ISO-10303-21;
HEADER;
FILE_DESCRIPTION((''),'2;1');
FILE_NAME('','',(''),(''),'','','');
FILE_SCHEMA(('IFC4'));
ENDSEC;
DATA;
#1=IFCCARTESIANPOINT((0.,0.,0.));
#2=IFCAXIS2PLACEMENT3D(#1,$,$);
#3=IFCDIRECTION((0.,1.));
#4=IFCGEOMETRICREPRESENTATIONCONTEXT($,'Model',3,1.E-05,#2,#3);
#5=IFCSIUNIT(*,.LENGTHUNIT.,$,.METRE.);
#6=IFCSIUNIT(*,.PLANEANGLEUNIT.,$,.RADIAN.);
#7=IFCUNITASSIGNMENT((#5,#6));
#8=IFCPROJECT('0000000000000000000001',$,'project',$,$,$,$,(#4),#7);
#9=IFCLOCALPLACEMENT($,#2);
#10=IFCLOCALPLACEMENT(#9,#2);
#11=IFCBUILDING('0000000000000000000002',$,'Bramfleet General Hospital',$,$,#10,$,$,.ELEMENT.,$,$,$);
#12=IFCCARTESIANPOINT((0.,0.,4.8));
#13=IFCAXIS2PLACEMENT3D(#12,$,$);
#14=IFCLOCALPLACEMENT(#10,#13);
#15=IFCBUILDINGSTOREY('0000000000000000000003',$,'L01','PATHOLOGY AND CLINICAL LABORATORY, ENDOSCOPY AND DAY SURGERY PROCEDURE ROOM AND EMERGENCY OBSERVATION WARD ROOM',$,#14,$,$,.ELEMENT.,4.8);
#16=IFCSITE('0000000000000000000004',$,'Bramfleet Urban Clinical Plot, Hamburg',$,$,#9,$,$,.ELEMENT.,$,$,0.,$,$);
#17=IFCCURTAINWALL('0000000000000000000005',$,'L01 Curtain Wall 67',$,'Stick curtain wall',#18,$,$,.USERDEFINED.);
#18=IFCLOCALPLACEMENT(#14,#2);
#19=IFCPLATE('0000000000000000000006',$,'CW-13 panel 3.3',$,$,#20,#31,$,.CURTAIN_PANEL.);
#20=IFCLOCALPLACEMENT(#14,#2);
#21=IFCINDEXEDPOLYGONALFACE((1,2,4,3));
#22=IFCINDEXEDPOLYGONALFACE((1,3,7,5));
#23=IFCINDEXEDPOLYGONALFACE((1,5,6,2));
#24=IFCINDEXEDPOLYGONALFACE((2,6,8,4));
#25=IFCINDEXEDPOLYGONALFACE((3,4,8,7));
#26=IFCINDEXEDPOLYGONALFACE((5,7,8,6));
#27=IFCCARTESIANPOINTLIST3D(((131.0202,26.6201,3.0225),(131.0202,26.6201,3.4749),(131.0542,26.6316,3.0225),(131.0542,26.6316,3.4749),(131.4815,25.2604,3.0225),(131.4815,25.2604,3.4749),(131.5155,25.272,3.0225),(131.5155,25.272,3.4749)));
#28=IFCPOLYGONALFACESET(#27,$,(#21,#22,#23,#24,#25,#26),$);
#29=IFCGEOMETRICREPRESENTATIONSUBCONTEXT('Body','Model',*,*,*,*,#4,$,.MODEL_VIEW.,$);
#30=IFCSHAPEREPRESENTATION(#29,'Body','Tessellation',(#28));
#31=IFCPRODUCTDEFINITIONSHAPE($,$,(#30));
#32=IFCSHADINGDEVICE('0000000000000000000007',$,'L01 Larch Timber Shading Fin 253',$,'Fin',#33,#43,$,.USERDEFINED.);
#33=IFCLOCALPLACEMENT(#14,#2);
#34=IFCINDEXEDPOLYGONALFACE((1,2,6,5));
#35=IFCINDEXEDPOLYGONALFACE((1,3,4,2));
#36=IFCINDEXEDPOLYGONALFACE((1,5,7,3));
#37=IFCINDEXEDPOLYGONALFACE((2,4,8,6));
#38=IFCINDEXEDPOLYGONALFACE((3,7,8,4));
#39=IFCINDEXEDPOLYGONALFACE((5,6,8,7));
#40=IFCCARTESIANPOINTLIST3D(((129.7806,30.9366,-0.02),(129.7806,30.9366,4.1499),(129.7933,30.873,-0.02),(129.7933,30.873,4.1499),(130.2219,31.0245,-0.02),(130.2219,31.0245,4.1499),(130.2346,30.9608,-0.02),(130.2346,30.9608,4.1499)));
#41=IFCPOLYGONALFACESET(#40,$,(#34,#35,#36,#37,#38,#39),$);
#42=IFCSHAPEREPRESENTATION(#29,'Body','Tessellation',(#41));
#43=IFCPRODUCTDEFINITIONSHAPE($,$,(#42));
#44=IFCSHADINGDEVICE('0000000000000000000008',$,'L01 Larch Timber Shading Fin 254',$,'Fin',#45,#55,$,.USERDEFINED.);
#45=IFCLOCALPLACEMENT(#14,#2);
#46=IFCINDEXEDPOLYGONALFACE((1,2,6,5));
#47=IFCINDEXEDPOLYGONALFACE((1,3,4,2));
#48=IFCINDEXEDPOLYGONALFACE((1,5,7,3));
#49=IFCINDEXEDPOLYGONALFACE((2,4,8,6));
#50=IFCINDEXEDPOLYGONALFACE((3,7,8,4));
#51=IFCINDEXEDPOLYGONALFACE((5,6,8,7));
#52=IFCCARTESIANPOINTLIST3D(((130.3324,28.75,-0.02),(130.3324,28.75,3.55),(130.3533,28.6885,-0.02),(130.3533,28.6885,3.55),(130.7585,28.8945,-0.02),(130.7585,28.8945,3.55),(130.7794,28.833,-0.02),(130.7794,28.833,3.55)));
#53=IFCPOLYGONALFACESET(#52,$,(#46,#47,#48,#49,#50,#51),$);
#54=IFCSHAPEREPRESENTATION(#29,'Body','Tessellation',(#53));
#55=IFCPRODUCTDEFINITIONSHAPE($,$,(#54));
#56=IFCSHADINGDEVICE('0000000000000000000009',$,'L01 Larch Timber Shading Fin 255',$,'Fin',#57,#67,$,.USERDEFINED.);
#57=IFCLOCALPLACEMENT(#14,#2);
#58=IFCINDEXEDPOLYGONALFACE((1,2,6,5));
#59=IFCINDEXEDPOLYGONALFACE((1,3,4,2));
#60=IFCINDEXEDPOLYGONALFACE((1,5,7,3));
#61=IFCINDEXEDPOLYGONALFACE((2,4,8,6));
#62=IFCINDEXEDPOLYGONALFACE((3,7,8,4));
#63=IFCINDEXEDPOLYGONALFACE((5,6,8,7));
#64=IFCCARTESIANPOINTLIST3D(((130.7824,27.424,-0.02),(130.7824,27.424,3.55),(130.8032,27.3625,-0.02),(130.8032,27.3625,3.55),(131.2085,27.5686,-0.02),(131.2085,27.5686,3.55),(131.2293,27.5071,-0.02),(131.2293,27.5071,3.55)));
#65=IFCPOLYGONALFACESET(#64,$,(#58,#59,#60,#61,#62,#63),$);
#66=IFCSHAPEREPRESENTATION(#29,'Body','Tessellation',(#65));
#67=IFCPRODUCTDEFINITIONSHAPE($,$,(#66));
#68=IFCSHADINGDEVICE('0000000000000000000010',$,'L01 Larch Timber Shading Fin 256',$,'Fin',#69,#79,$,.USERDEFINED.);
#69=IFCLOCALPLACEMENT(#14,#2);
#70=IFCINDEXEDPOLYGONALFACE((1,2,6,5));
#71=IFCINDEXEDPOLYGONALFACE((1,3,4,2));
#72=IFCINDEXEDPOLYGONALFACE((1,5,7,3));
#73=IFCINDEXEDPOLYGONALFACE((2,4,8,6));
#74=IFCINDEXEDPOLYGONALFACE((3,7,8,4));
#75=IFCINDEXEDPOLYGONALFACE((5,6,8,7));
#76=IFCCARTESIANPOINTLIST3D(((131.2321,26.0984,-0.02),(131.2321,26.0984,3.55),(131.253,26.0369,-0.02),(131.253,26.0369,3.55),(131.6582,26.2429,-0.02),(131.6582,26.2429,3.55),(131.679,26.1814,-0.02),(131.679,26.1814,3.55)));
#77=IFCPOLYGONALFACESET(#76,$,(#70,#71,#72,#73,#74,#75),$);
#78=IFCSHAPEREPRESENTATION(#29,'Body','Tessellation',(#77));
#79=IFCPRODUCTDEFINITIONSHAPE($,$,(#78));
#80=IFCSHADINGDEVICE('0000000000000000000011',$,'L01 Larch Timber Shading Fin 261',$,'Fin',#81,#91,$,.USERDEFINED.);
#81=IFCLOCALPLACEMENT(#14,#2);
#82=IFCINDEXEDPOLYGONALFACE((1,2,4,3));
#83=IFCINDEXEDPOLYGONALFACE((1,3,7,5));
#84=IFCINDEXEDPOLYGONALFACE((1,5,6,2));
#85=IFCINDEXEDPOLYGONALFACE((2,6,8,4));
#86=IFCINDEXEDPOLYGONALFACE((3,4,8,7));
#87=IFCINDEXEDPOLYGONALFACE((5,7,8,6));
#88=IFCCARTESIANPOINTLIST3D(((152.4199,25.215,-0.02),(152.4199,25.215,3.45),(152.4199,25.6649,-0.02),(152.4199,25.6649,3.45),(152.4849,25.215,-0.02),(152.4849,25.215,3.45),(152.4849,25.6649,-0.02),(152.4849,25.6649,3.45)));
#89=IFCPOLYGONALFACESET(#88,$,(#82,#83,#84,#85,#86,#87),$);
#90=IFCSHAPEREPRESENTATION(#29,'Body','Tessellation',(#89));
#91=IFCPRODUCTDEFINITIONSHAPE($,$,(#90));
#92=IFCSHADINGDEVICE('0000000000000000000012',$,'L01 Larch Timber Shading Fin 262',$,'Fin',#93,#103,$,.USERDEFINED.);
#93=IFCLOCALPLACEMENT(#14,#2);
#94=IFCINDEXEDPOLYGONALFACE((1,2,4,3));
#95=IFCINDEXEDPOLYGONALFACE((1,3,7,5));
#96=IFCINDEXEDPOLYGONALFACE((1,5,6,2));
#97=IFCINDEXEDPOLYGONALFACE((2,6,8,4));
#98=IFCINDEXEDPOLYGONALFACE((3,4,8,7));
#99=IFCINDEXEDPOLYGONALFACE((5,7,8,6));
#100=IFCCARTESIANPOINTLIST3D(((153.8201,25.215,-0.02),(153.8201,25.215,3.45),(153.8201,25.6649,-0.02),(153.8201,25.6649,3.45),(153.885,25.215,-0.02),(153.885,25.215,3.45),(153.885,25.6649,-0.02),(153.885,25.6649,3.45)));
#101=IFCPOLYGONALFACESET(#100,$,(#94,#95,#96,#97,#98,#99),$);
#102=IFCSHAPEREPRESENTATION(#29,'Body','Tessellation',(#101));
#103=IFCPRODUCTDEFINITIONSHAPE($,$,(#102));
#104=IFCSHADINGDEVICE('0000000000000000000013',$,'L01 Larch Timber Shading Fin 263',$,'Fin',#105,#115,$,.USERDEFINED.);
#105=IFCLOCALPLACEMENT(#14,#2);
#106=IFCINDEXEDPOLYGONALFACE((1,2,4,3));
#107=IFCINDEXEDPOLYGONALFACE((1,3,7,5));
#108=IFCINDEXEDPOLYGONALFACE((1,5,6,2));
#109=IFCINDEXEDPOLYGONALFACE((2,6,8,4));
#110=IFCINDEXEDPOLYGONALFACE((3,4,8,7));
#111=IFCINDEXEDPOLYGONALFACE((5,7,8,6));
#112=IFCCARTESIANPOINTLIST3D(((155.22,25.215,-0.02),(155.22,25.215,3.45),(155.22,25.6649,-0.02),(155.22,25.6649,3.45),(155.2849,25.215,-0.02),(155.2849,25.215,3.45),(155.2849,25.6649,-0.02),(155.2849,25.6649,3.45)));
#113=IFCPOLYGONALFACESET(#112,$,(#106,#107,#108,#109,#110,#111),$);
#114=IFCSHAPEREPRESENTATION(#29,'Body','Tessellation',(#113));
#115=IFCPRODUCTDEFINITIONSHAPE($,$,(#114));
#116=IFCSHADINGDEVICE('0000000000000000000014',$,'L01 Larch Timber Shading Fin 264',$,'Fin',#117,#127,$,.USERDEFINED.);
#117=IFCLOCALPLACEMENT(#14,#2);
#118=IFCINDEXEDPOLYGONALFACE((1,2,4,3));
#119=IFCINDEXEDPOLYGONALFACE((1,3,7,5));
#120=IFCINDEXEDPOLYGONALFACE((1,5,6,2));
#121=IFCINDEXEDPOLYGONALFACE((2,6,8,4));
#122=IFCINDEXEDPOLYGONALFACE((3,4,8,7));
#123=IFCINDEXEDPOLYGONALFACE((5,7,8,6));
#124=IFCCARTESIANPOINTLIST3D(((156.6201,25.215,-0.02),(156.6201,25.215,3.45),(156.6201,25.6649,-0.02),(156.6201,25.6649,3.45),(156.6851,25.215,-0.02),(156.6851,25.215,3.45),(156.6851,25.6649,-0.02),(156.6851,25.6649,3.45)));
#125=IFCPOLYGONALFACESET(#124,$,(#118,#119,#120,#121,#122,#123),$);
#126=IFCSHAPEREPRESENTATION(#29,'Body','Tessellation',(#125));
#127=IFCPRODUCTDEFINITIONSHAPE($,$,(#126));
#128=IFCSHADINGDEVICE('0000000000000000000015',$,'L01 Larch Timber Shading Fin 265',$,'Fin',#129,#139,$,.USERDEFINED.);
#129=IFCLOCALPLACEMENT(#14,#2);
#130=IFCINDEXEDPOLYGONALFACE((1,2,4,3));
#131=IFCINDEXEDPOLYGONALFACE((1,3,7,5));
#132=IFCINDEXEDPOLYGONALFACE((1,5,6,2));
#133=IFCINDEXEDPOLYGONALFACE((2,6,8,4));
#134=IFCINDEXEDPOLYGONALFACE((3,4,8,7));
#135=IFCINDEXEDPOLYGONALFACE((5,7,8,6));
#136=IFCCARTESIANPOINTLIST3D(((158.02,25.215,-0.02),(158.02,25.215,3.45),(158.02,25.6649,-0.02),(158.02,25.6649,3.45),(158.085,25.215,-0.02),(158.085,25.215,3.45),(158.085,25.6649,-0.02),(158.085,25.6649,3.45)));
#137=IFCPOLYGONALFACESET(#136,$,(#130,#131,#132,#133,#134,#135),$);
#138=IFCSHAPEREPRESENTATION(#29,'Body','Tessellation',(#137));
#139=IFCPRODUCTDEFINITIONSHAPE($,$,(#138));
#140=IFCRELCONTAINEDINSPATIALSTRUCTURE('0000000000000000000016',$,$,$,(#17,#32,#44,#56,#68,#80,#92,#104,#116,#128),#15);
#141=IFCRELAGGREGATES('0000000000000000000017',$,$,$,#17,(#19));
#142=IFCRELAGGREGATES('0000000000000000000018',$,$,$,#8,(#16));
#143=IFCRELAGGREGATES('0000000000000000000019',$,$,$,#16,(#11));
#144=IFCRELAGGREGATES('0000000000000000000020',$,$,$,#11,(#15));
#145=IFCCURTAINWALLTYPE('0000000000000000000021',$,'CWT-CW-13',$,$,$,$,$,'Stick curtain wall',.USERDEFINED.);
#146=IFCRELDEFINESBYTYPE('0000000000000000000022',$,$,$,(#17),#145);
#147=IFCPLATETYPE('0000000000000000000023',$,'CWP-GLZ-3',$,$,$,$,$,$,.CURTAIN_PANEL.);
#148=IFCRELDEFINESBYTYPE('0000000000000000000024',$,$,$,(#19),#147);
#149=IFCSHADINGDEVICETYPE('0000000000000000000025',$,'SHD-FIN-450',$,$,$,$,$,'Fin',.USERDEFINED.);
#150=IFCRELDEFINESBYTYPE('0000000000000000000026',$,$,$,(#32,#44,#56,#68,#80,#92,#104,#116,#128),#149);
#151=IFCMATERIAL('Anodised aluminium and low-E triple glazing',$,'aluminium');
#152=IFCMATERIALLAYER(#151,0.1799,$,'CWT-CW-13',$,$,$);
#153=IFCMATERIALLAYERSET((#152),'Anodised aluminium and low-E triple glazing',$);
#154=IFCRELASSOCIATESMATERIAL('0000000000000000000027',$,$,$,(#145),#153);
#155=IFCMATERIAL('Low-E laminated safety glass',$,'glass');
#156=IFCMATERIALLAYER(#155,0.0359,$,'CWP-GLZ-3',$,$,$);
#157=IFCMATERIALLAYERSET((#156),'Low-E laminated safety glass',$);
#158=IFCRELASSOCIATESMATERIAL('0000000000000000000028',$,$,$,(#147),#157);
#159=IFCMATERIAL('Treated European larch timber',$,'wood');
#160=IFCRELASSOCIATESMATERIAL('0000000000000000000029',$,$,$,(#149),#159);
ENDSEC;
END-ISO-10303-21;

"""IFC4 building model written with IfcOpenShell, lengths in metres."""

from ifc_helpers import new_model, si_unit, direction, frame, origin, origin_2d, place, context, subcontext, project, spatial, rectangle, extrude, material, layer, layer_set, material_profile, profile_set, type_object, element, aggregate, save


model = new_model("IFC4")

# Units and contexts
model_context = context("Model", 3, precision=1e-05, world=origin(), true_north=direction((0.0, 1.0)))
body_context = subcontext(model_context, "Body", "Model", "MODEL_VIEW")
ifc_project = project(units=[si_unit("LENGTHUNIT", "METRE"), si_unit("PLANEANGLEUNIT", "RADIAN")], contexts=[model_context])

# Site, building, storey
site_placement = place(None, origin())
site = spatial("IfcSite", under=ifc_project, at=site_placement, Name="Bramfleet Urban Clinical Plot, Hamburg", CompositionType="ELEMENT", RefElevation=0.0)
building_placement = place(site_placement, origin())
building = spatial("IfcBuilding", under=site, at=building_placement, Name="Bramfleet General Hospital", CompositionType="ELEMENT")
storey_placement = place(building_placement, frame((0.0, 0.0, 4.8)))
storey = spatial("IfcBuildingStorey", under=building, at=storey_placement, Name="L01", Description="PATHOLOGY AND CLINICAL LABORATORY, ENDOSCOPY AND DAY SURGERY PROCEDURE ROOM AND EMERGENCY OBSERVATION WARD ROOM", CompositionType="ELEMENT", Elevation=4.8)

# Shared definitions
ifc_material_1 = material(Name="Anodised aluminium and low-E triple glazing", Category="aluminium")

# Curtain wall
ifc_layer_1 = layer(ifc_material_1, 0.1799, Name="CWT-CW-13")
ifc_layer_set_1 = layer_set([ifc_layer_1], Name="Anodised aluminium and low-E triple glazing")
curtain_wall_type_1 = type_object("IfcCurtainWallType", Name="CWT-CW-13", ElementType="Stick curtain wall", PredefinedType="USERDEFINED", material=ifc_layer_set_1)
curtain_wall_1_placement = place(storey_placement, origin())
curtain_wall_1 = element("IfcCurtainWall", 1, at=curtain_wall_1_placement, inside=storey, type_object=curtain_wall_type_1, Name="L01 Curtain Wall 67", ObjectType="Stick curtain wall", PredefinedType="USERDEFINED")

# Plate
ifc_material_2 = material(Name="Low-E laminated safety glass", Category="glass")
ifc_layer_2 = layer(ifc_material_2, 0.0359, Name="CWP-GLZ-3")
ifc_layer_set_2 = layer_set([ifc_layer_2], Name="Low-E laminated safety glass")
plate_type_1 = type_object("IfcPlateType", Name="CWP-GLZ-3", PredefinedType="CURTAIN_PANEL", material=ifc_layer_set_2)
plate_1_placement = place(storey_placement, frame((131.2678, 25.946, 3.0225), z_axis=(0.0, 0.0, 1.0), x_axis=(0.321286, -0.946982, 0.0)))
plate_1 = element("IfcPlate", 2, at=plate_1_placement, type_object=plate_type_1, Name="CW-13 panel 3.3", PredefinedType="CURTAIN_PANEL", context=body_context, shape_type="SweptSolid", body=[
    extrude(rectangle(XDim=1.4358, YDim=0.0359, at=origin_2d()), origin(), (0.0, 0.0, 1.0), 0.4524),
])
aggregate(curtain_wall_1, [plate_1])

# Shading devices
ifc_material_3 = material(Name="Treated European larch timber", Category="wood")
ifc_material_profile_1 = material_profile(ifc_material_3, rectangle(XDim=0.0649, YDim=0.45, at=origin_2d()), Name="LARCH FIN 450x65")
ifc_profile_set_1 = profile_set([ifc_material_profile_1], Name="Treated European larch timber")
shading_device_type = type_object("IfcShadingDeviceType", Name="SHD-FIN-450", ElementType="Fin", PredefinedType="USERDEFINED", material=ifc_profile_set_1)
shading_device_placement = place(storey_placement, frame((130.0076, 30.9487, -0.02), z_axis=(0.0, 0.0, 1.0), x_axis=(0.195272, -0.980749, 0.0)))
element("IfcShadingDevice", 3, at=shading_device_placement, inside=storey, type_object=shading_device_type, Name="L01 Larch Timber Shading Fin 253", ObjectType="Fin", PredefinedType="USERDEFINED", context=body_context, shape_type="SweptSolid", body=[
    extrude(rectangle(XDim=0.0649, YDim=0.45, at=origin_2d()), origin(), (0.0, 0.0, 1.0), 4.1699),
])
for number, where, z_axis, x_axis, name in (
    (4, (130.5559, 28.7915, -0.02), (0.0, 0.0, 1.0), (0.321286, -0.946982, 0.0), "L01 Larch Timber Shading Fin 254"),
    (5, (131.0059, 27.4656, -0.02), (0.0, 0.0, 1.0), (0.321286, -0.946982, 0.0), "L01 Larch Timber Shading Fin 255"),
    (6, (131.4556, 26.1399, -0.02), (0.0, 0.0, 1.0), (0.321286, -0.946982, 0.0), "L01 Larch Timber Shading Fin 256"),
):
    element("IfcShadingDevice", number, at=place(storey_placement, frame(where, z_axis=z_axis, x_axis=x_axis)), inside=storey, type_object=shading_device_type, Name=name, ObjectType="Fin", PredefinedType="USERDEFINED", context=body_context, shape_type="SweptSolid", body=[
        extrude(rectangle(XDim=0.0649, YDim=0.45, at=origin_2d()), origin(), (0.0, 0.0, 1.0), 3.5701),
    ])
for number, where, z_axis, x_axis, name in (
    (7, (152.4524, 25.4399, -0.02), (0.0, 0.0, 1.0), (1.0, 0.0, 0.0), "L01 Larch Timber Shading Fin 261"),
    (8, (153.8525, 25.4399, -0.02), (0.0, 0.0, 1.0), (1.0, 0.0, 0.0), "L01 Larch Timber Shading Fin 262"),
    (9, (155.2524, 25.4399, -0.02), (0.0, 0.0, 1.0), (1.0, 0.0, 0.0), "L01 Larch Timber Shading Fin 263"),
    (10, (156.6526, 25.4399, -0.02), (0.0, 0.0, 1.0), (1.0, 0.0, 0.0), "L01 Larch Timber Shading Fin 264"),
    (11, (158.0525, 25.4399, -0.02), (0.0, 0.0, 1.0), (1.0, 0.0, 0.0), "L01 Larch Timber Shading Fin 265"),
):
    element("IfcShadingDevice", number, at=place(storey_placement, frame(where, z_axis=z_axis, x_axis=x_axis)), inside=storey, type_object=shading_device_type, Name=name, ObjectType="Fin", PredefinedType="USERDEFINED", context=body_context, shape_type="SweptSolid", body=[
        extrude(rectangle(XDim=0.0649, YDim=0.45, at=origin_2d()), origin(), (0.0, 0.0, 1.0), 3.47),
    ])

save(model, "model.ifc")
